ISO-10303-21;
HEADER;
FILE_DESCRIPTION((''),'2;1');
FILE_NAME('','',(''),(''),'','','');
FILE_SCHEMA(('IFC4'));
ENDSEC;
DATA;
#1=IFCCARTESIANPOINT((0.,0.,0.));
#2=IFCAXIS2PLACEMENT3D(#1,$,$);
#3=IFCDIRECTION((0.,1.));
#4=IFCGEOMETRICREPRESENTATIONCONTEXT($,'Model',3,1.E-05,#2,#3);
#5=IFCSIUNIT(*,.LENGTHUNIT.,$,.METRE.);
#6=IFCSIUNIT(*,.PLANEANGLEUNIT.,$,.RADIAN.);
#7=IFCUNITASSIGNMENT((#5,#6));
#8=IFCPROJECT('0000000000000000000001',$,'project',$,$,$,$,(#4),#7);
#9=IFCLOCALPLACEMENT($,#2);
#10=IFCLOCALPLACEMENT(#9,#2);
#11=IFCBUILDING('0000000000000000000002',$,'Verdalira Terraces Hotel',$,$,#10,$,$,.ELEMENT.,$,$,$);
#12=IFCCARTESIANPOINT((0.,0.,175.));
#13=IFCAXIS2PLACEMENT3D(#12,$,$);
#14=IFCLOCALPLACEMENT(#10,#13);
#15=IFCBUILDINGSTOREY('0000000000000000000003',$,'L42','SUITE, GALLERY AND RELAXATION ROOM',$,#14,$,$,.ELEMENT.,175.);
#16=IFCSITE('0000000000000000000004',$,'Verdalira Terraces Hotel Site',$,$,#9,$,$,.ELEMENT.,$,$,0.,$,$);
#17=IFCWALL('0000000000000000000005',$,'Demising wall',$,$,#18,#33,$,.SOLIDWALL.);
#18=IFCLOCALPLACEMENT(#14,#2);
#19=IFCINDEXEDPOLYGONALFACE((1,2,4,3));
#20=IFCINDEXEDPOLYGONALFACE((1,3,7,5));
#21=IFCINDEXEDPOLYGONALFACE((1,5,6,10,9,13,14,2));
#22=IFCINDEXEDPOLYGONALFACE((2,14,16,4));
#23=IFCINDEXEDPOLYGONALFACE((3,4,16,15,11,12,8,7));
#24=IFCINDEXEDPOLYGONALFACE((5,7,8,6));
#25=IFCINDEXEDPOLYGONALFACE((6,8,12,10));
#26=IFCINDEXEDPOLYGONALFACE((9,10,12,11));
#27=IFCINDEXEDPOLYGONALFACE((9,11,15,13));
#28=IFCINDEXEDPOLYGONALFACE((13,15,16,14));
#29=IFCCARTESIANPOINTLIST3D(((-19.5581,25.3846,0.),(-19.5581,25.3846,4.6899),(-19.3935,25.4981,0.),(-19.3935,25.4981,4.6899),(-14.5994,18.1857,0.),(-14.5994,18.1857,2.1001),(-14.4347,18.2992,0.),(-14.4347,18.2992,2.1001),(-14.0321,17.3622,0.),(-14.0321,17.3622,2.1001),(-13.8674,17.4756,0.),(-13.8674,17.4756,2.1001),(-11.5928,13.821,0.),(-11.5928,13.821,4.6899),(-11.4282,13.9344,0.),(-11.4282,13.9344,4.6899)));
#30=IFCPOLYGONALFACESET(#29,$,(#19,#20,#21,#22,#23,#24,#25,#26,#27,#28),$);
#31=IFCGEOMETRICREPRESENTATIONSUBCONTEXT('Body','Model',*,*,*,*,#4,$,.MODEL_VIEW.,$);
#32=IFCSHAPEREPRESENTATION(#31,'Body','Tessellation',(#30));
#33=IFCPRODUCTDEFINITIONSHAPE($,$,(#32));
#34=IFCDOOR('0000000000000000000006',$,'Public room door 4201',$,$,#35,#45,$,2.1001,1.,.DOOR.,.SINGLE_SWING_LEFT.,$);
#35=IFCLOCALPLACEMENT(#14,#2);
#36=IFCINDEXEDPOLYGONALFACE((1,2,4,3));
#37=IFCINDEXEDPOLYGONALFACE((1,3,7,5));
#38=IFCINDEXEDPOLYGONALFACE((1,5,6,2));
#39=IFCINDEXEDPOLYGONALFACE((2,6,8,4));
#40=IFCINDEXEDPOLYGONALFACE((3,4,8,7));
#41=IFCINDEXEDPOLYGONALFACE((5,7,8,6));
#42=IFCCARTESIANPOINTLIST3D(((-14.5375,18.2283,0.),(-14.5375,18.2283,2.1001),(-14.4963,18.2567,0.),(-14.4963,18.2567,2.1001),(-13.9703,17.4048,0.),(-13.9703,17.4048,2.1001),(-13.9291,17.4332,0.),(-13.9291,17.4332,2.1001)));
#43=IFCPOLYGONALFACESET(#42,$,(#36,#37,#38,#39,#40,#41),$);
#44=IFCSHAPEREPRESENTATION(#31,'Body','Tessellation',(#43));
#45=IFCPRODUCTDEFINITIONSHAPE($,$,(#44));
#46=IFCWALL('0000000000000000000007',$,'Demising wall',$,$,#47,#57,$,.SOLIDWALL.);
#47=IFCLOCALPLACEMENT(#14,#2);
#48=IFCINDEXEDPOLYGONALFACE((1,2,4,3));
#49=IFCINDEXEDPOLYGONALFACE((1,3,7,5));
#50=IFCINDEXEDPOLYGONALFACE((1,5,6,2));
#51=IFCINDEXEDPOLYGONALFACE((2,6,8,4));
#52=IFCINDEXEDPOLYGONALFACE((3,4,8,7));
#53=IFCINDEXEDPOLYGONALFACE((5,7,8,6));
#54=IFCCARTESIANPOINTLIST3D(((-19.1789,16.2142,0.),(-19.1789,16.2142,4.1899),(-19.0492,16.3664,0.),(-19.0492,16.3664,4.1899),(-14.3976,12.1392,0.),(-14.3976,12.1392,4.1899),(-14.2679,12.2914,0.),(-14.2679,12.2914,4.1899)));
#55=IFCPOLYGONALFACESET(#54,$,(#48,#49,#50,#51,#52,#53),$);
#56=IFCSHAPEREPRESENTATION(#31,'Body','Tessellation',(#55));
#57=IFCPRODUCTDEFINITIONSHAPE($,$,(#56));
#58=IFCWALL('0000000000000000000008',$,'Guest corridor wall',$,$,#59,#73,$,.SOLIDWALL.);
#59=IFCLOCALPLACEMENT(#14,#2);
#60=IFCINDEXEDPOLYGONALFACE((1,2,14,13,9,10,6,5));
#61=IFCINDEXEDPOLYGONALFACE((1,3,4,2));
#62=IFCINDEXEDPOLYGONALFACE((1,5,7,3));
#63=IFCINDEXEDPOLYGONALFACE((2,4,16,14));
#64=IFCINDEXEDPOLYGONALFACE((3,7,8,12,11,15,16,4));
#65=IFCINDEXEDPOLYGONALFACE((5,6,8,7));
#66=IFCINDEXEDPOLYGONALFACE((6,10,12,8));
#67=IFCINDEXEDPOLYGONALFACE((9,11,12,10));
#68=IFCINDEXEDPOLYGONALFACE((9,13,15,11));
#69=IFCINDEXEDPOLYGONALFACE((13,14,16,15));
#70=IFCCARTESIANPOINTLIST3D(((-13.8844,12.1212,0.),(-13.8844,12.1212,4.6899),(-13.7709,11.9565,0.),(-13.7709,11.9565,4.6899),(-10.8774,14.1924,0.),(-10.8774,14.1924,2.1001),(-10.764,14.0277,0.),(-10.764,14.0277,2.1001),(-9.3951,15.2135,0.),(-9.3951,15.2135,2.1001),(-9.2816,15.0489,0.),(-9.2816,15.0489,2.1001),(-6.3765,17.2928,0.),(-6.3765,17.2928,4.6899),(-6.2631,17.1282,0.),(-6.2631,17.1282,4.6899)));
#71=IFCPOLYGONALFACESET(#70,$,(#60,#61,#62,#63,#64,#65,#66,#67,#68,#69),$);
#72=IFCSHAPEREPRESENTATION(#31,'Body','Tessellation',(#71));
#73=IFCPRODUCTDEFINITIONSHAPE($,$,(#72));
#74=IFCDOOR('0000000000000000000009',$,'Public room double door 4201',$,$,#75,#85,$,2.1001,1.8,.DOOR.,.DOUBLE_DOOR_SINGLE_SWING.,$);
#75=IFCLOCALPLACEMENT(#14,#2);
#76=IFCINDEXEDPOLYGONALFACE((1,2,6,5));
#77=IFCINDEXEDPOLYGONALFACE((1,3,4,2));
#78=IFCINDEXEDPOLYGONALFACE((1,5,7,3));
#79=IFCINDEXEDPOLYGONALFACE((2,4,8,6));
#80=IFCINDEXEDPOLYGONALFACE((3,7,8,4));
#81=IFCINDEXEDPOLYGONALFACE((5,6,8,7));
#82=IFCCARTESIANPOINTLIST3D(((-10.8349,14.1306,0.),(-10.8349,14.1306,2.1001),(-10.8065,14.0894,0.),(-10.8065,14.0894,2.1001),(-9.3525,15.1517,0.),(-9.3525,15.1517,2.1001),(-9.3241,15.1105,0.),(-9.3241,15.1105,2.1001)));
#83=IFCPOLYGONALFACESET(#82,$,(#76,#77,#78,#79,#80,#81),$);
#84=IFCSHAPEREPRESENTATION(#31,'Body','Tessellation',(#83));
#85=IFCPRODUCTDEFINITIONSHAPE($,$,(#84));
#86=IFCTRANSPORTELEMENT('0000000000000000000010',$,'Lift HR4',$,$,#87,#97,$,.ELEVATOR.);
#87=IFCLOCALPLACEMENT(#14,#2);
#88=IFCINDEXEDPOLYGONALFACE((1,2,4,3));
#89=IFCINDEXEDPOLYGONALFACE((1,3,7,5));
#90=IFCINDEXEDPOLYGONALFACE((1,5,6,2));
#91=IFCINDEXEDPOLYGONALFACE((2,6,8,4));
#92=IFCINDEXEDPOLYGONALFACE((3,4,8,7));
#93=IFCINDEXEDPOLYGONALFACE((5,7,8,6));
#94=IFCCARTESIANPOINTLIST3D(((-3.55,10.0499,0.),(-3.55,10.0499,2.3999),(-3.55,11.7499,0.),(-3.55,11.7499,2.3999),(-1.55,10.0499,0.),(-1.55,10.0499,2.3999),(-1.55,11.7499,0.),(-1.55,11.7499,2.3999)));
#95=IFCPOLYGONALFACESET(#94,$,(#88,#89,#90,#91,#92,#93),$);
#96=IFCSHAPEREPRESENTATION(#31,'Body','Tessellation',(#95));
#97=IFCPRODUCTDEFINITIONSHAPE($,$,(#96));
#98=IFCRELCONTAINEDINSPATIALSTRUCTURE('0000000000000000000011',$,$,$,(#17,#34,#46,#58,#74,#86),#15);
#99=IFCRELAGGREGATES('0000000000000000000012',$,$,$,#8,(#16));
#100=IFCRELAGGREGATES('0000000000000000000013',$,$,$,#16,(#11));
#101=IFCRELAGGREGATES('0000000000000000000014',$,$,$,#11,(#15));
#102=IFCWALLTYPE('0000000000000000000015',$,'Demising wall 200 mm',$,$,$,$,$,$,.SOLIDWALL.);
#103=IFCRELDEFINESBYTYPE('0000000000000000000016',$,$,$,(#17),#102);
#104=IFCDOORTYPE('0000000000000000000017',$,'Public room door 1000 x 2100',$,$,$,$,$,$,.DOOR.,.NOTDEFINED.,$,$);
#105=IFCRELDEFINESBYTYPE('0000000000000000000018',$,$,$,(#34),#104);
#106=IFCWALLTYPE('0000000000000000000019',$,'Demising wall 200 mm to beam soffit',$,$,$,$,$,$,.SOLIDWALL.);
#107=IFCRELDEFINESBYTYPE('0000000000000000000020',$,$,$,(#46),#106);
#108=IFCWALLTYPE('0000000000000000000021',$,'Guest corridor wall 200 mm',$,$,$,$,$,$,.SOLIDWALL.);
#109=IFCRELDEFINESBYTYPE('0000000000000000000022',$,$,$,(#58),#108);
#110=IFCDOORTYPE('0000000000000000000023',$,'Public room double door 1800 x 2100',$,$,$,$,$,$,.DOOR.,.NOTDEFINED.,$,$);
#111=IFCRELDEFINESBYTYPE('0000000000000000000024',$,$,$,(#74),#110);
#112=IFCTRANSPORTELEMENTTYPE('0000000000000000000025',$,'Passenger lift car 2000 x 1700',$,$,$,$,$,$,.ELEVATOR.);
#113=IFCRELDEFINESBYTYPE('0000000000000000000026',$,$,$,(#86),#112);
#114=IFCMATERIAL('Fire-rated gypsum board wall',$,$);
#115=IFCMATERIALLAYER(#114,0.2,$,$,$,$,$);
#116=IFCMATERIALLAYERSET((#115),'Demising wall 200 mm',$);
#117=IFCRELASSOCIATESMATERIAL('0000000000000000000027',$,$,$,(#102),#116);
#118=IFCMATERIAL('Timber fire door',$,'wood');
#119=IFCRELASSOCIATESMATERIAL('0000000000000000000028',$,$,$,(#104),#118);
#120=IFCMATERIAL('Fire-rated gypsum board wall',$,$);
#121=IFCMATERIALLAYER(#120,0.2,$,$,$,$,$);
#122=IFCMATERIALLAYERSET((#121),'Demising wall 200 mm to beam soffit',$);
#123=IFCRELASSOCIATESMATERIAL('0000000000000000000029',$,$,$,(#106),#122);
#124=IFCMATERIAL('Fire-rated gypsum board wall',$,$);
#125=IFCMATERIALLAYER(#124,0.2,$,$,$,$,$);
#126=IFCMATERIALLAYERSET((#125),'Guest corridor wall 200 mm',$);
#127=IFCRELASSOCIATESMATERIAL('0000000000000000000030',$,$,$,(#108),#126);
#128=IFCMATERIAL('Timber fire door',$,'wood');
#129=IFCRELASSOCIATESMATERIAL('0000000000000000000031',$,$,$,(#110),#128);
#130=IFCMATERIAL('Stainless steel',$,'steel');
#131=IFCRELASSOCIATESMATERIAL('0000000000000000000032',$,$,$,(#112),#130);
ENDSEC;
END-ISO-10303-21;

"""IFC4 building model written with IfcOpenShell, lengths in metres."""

from ifc_helpers import new_model, si_unit, direction, frame, frame_2d, origin, origin_2d, place, context, subcontext, project, spatial, rectangle, extrude, material, layer, layer_set, type_object, element, fill, save


model = new_model("IFC4")

# Units and contexts
model_context = context("Model", 3, precision=1e-05, world=origin(), true_north=direction((0.0, 1.0)))
body_context = subcontext(model_context, "Body", "Model", "MODEL_VIEW")
ifc_project = project(units=[si_unit("LENGTHUNIT", "METRE"), si_unit("PLANEANGLEUNIT", "RADIAN")], contexts=[model_context])

# Site, building, storey
site_placement = place(None, origin())
site = spatial("IfcSite", under=ifc_project, at=site_placement, Name="Verdalira Terraces Hotel Site", CompositionType="ELEMENT", RefElevation=0.0)
building_placement = place(site_placement, origin())
building = spatial("IfcBuilding", under=site, at=building_placement, Name="Verdalira Terraces Hotel", CompositionType="ELEMENT")
storey_placement = place(building_placement, frame((0.0, 0.0, 175.0)))
storey = spatial("IfcBuildingStorey", under=building, at=storey_placement, Name="L42", Description="SUITE, GALLERY AND RELAXATION ROOM", CompositionType="ELEMENT", Elevation=175.0)

# Wall, opening, door
ifc_material_1 = material(Name="Fire-rated gypsum board wall")
ifc_layer_1 = layer(ifc_material_1, 0.2)
ifc_layer_set_1 = layer_set([ifc_layer_1], Name="Demising wall 200 mm")
wall_type_1 = type_object("IfcWallType", Name="Demising wall 200 mm", PredefinedType="SOLIDWALL", material=ifc_layer_set_1)
wall_1_placement = place(storey_placement, frame((-11.5105, 13.8777, 0.0), z_axis=(0.0, 0.0, 1.0), x_axis=(-0.567267, 0.823534, 0.0)))
wall_1 = element("IfcWall", 1, at=wall_1_placement, inside=storey, type_object=wall_type_1, Name="Demising wall", PredefinedType="SOLIDWALL", context=body_context, shape_type="SweptSolid", body=[
    extrude(rectangle(XDim=14.0415, YDim=0.2, at=frame_2d((7.0208, 0.0))), origin(), (0.0, 0.0, 1.0), 4.6899),
])
opening_1_placement = place(wall_1_placement, frame((4.3, 0.0, 0.0)))
opening_1 = element("IfcOpeningElement", 2, at=opening_1_placement, cuts=wall_1, PredefinedType="OPENING", context=body_context, shape_type="SweptSolid", body=[
    extrude(rectangle(XDim=1.0, YDim=2.1001, at=frame_2d((0.5, 1.05))), frame((0.0, 0.1099, 0.0), z_axis=(0.0, -1.0, 0.0), x_axis=(1.0, 0.0, 0.0)), (0.0, 0.0, 1.0), 0.22),
])
ifc_material_2 = material(Name="Timber fire door", Category="wood")
door_type_1 = type_object("IfcDoorType", Name="Public room door 1000 x 2100", OperationType="NOTDEFINED", PredefinedType="DOOR", material=ifc_material_2)
door_1_placement = place(opening_1_placement, origin())
door_1 = element("IfcDoor", 3, at=door_1_placement, inside=storey, type_object=door_type_1, Name="Public room door 4201", OperationType="SINGLE_SWING_LEFT", OverallHeight=2.1001, OverallWidth=1.0, PredefinedType="DOOR", context=body_context, shape_type="SweptSolid", body=[
    extrude(rectangle(XDim=1.0, YDim=2.1001, at=frame_2d((0.5, 1.05))), frame((0.0, 0.0249, 0.0), z_axis=(0.0, -1.0, 0.0), x_axis=(1.0, 0.0, 0.0)), (0.0, 0.0, 1.0), 0.05),
])
fill(opening_1, door_1)

# Wall
ifc_material_3 = material(Name="Fire-rated gypsum board wall")
ifc_layer_2 = layer(ifc_material_3, 0.2)
ifc_layer_set_2 = layer_set([ifc_layer_2], Name="Demising wall 200 mm to beam soffit")
wall_type_2 = type_object("IfcWallType", Name="Demising wall 200 mm to beam soffit", PredefinedType="SOLIDWALL", material=ifc_layer_set_2)
wall_2_placement = place(storey_placement, frame((-14.3328, 12.2153, 0.0), z_axis=(0.0, 0.0, 1.0), x_axis=(-0.761083, 0.648654, 0.0)))
element("IfcWall", 4, at=wall_2_placement, inside=storey, type_object=wall_type_2, Name="Demising wall", PredefinedType="SOLIDWALL", context=body_context, shape_type="SweptSolid", body=[
    extrude(rectangle(XDim=6.2822, YDim=0.2, at=frame_2d((3.1411, 0.0))), origin(), (0.0, 0.0, 1.0), 4.1899),
])

# Wall, opening, door
ifc_material_4 = material(Name="Fire-rated gypsum board wall")
ifc_layer_3 = layer(ifc_material_4, 0.2)
ifc_layer_set_3 = layer_set([ifc_layer_3], Name="Guest corridor wall 200 mm")
wall_type_3 = type_object("IfcWallType", Name="Guest corridor wall 200 mm", PredefinedType="SOLIDWALL", material=ifc_layer_set_3)
wall_3_placement = place(storey_placement, frame((-13.8276, 12.0388, 0.0), z_axis=(0.0, 0.0, 1.0), x_axis=(0.823529, 0.567274, 0.0)))
wall_3 = element("IfcWall", 5, at=wall_3_placement, inside=storey, type_object=wall_type_3, Name="Guest corridor wall", PredefinedType="SOLIDWALL", context=body_context, shape_type="SweptSolid", body=[
    extrude(rectangle(XDim=9.1167, YDim=0.2, at=frame_2d((4.5583, 0.0))), origin(), (0.0, 0.0, 1.0), 4.6899),
])
opening_2_placement = place(wall_3_placement, frame((3.6514, 0.0, 0.0)))
opening_2 = element("IfcOpeningElement", 6, at=opening_2_placement, cuts=wall_3, PredefinedType="OPENING", context=body_context, shape_type="SweptSolid", body=[
    extrude(rectangle(XDim=1.8, YDim=2.1001, at=frame_2d((0.8999, 1.05))), frame((0.0, 0.1099, 0.0), z_axis=(0.0, -1.0, 0.0), x_axis=(1.0, 0.0, 0.0)), (0.0, 0.0, 1.0), 0.22),
])
ifc_material_5 = material(Name="Timber fire door", Category="wood")
door_type_2 = type_object("IfcDoorType", Name="Public room double door 1800 x 2100", OperationType="NOTDEFINED", PredefinedType="DOOR", material=ifc_material_5)
door_2_placement = place(opening_2_placement, origin())
door_2 = element("IfcDoor", 7, at=door_2_placement, inside=storey, type_object=door_type_2, Name="Public room double door 4201", OperationType="DOUBLE_DOOR_SINGLE_SWING", OverallHeight=2.1001, OverallWidth=1.8, PredefinedType="DOOR", context=body_context, shape_type="SweptSolid", body=[
    extrude(rectangle(XDim=1.8, YDim=2.1001, at=frame_2d((0.8999, 1.05))), frame((0.0, 0.0249, 0.0), z_axis=(0.0, -1.0, 0.0), x_axis=(1.0, 0.0, 0.0)), (0.0, 0.0, 1.0), 0.05),
])
fill(opening_2, door_2)

# Transport element
ifc_material_6 = material(Name="Stainless steel", Category="steel")
transport_element_type = type_object("IfcTransportElementType", Name="Passenger lift car 2000 x 1700", PredefinedType="ELEVATOR", material=ifc_material_6)
transport_element_placement = place(storey_placement, frame((-2.55, 10.8999, 0.0), z_axis=(0.0, 0.0, 1.0), x_axis=(-1.0, 0.0, 0.0)))
element("IfcTransportElement", 8, at=transport_element_placement, inside=storey, type_object=transport_element_type, Name="Lift HR4", PredefinedType="ELEVATOR", context=body_context, shape_type="SweptSolid", body=[
    extrude(rectangle(XDim=2.0, YDim=1.7, at=origin_2d()), origin(), (0.0, 0.0, 1.0), 2.3999),
])

save(model, "model.ifc")
